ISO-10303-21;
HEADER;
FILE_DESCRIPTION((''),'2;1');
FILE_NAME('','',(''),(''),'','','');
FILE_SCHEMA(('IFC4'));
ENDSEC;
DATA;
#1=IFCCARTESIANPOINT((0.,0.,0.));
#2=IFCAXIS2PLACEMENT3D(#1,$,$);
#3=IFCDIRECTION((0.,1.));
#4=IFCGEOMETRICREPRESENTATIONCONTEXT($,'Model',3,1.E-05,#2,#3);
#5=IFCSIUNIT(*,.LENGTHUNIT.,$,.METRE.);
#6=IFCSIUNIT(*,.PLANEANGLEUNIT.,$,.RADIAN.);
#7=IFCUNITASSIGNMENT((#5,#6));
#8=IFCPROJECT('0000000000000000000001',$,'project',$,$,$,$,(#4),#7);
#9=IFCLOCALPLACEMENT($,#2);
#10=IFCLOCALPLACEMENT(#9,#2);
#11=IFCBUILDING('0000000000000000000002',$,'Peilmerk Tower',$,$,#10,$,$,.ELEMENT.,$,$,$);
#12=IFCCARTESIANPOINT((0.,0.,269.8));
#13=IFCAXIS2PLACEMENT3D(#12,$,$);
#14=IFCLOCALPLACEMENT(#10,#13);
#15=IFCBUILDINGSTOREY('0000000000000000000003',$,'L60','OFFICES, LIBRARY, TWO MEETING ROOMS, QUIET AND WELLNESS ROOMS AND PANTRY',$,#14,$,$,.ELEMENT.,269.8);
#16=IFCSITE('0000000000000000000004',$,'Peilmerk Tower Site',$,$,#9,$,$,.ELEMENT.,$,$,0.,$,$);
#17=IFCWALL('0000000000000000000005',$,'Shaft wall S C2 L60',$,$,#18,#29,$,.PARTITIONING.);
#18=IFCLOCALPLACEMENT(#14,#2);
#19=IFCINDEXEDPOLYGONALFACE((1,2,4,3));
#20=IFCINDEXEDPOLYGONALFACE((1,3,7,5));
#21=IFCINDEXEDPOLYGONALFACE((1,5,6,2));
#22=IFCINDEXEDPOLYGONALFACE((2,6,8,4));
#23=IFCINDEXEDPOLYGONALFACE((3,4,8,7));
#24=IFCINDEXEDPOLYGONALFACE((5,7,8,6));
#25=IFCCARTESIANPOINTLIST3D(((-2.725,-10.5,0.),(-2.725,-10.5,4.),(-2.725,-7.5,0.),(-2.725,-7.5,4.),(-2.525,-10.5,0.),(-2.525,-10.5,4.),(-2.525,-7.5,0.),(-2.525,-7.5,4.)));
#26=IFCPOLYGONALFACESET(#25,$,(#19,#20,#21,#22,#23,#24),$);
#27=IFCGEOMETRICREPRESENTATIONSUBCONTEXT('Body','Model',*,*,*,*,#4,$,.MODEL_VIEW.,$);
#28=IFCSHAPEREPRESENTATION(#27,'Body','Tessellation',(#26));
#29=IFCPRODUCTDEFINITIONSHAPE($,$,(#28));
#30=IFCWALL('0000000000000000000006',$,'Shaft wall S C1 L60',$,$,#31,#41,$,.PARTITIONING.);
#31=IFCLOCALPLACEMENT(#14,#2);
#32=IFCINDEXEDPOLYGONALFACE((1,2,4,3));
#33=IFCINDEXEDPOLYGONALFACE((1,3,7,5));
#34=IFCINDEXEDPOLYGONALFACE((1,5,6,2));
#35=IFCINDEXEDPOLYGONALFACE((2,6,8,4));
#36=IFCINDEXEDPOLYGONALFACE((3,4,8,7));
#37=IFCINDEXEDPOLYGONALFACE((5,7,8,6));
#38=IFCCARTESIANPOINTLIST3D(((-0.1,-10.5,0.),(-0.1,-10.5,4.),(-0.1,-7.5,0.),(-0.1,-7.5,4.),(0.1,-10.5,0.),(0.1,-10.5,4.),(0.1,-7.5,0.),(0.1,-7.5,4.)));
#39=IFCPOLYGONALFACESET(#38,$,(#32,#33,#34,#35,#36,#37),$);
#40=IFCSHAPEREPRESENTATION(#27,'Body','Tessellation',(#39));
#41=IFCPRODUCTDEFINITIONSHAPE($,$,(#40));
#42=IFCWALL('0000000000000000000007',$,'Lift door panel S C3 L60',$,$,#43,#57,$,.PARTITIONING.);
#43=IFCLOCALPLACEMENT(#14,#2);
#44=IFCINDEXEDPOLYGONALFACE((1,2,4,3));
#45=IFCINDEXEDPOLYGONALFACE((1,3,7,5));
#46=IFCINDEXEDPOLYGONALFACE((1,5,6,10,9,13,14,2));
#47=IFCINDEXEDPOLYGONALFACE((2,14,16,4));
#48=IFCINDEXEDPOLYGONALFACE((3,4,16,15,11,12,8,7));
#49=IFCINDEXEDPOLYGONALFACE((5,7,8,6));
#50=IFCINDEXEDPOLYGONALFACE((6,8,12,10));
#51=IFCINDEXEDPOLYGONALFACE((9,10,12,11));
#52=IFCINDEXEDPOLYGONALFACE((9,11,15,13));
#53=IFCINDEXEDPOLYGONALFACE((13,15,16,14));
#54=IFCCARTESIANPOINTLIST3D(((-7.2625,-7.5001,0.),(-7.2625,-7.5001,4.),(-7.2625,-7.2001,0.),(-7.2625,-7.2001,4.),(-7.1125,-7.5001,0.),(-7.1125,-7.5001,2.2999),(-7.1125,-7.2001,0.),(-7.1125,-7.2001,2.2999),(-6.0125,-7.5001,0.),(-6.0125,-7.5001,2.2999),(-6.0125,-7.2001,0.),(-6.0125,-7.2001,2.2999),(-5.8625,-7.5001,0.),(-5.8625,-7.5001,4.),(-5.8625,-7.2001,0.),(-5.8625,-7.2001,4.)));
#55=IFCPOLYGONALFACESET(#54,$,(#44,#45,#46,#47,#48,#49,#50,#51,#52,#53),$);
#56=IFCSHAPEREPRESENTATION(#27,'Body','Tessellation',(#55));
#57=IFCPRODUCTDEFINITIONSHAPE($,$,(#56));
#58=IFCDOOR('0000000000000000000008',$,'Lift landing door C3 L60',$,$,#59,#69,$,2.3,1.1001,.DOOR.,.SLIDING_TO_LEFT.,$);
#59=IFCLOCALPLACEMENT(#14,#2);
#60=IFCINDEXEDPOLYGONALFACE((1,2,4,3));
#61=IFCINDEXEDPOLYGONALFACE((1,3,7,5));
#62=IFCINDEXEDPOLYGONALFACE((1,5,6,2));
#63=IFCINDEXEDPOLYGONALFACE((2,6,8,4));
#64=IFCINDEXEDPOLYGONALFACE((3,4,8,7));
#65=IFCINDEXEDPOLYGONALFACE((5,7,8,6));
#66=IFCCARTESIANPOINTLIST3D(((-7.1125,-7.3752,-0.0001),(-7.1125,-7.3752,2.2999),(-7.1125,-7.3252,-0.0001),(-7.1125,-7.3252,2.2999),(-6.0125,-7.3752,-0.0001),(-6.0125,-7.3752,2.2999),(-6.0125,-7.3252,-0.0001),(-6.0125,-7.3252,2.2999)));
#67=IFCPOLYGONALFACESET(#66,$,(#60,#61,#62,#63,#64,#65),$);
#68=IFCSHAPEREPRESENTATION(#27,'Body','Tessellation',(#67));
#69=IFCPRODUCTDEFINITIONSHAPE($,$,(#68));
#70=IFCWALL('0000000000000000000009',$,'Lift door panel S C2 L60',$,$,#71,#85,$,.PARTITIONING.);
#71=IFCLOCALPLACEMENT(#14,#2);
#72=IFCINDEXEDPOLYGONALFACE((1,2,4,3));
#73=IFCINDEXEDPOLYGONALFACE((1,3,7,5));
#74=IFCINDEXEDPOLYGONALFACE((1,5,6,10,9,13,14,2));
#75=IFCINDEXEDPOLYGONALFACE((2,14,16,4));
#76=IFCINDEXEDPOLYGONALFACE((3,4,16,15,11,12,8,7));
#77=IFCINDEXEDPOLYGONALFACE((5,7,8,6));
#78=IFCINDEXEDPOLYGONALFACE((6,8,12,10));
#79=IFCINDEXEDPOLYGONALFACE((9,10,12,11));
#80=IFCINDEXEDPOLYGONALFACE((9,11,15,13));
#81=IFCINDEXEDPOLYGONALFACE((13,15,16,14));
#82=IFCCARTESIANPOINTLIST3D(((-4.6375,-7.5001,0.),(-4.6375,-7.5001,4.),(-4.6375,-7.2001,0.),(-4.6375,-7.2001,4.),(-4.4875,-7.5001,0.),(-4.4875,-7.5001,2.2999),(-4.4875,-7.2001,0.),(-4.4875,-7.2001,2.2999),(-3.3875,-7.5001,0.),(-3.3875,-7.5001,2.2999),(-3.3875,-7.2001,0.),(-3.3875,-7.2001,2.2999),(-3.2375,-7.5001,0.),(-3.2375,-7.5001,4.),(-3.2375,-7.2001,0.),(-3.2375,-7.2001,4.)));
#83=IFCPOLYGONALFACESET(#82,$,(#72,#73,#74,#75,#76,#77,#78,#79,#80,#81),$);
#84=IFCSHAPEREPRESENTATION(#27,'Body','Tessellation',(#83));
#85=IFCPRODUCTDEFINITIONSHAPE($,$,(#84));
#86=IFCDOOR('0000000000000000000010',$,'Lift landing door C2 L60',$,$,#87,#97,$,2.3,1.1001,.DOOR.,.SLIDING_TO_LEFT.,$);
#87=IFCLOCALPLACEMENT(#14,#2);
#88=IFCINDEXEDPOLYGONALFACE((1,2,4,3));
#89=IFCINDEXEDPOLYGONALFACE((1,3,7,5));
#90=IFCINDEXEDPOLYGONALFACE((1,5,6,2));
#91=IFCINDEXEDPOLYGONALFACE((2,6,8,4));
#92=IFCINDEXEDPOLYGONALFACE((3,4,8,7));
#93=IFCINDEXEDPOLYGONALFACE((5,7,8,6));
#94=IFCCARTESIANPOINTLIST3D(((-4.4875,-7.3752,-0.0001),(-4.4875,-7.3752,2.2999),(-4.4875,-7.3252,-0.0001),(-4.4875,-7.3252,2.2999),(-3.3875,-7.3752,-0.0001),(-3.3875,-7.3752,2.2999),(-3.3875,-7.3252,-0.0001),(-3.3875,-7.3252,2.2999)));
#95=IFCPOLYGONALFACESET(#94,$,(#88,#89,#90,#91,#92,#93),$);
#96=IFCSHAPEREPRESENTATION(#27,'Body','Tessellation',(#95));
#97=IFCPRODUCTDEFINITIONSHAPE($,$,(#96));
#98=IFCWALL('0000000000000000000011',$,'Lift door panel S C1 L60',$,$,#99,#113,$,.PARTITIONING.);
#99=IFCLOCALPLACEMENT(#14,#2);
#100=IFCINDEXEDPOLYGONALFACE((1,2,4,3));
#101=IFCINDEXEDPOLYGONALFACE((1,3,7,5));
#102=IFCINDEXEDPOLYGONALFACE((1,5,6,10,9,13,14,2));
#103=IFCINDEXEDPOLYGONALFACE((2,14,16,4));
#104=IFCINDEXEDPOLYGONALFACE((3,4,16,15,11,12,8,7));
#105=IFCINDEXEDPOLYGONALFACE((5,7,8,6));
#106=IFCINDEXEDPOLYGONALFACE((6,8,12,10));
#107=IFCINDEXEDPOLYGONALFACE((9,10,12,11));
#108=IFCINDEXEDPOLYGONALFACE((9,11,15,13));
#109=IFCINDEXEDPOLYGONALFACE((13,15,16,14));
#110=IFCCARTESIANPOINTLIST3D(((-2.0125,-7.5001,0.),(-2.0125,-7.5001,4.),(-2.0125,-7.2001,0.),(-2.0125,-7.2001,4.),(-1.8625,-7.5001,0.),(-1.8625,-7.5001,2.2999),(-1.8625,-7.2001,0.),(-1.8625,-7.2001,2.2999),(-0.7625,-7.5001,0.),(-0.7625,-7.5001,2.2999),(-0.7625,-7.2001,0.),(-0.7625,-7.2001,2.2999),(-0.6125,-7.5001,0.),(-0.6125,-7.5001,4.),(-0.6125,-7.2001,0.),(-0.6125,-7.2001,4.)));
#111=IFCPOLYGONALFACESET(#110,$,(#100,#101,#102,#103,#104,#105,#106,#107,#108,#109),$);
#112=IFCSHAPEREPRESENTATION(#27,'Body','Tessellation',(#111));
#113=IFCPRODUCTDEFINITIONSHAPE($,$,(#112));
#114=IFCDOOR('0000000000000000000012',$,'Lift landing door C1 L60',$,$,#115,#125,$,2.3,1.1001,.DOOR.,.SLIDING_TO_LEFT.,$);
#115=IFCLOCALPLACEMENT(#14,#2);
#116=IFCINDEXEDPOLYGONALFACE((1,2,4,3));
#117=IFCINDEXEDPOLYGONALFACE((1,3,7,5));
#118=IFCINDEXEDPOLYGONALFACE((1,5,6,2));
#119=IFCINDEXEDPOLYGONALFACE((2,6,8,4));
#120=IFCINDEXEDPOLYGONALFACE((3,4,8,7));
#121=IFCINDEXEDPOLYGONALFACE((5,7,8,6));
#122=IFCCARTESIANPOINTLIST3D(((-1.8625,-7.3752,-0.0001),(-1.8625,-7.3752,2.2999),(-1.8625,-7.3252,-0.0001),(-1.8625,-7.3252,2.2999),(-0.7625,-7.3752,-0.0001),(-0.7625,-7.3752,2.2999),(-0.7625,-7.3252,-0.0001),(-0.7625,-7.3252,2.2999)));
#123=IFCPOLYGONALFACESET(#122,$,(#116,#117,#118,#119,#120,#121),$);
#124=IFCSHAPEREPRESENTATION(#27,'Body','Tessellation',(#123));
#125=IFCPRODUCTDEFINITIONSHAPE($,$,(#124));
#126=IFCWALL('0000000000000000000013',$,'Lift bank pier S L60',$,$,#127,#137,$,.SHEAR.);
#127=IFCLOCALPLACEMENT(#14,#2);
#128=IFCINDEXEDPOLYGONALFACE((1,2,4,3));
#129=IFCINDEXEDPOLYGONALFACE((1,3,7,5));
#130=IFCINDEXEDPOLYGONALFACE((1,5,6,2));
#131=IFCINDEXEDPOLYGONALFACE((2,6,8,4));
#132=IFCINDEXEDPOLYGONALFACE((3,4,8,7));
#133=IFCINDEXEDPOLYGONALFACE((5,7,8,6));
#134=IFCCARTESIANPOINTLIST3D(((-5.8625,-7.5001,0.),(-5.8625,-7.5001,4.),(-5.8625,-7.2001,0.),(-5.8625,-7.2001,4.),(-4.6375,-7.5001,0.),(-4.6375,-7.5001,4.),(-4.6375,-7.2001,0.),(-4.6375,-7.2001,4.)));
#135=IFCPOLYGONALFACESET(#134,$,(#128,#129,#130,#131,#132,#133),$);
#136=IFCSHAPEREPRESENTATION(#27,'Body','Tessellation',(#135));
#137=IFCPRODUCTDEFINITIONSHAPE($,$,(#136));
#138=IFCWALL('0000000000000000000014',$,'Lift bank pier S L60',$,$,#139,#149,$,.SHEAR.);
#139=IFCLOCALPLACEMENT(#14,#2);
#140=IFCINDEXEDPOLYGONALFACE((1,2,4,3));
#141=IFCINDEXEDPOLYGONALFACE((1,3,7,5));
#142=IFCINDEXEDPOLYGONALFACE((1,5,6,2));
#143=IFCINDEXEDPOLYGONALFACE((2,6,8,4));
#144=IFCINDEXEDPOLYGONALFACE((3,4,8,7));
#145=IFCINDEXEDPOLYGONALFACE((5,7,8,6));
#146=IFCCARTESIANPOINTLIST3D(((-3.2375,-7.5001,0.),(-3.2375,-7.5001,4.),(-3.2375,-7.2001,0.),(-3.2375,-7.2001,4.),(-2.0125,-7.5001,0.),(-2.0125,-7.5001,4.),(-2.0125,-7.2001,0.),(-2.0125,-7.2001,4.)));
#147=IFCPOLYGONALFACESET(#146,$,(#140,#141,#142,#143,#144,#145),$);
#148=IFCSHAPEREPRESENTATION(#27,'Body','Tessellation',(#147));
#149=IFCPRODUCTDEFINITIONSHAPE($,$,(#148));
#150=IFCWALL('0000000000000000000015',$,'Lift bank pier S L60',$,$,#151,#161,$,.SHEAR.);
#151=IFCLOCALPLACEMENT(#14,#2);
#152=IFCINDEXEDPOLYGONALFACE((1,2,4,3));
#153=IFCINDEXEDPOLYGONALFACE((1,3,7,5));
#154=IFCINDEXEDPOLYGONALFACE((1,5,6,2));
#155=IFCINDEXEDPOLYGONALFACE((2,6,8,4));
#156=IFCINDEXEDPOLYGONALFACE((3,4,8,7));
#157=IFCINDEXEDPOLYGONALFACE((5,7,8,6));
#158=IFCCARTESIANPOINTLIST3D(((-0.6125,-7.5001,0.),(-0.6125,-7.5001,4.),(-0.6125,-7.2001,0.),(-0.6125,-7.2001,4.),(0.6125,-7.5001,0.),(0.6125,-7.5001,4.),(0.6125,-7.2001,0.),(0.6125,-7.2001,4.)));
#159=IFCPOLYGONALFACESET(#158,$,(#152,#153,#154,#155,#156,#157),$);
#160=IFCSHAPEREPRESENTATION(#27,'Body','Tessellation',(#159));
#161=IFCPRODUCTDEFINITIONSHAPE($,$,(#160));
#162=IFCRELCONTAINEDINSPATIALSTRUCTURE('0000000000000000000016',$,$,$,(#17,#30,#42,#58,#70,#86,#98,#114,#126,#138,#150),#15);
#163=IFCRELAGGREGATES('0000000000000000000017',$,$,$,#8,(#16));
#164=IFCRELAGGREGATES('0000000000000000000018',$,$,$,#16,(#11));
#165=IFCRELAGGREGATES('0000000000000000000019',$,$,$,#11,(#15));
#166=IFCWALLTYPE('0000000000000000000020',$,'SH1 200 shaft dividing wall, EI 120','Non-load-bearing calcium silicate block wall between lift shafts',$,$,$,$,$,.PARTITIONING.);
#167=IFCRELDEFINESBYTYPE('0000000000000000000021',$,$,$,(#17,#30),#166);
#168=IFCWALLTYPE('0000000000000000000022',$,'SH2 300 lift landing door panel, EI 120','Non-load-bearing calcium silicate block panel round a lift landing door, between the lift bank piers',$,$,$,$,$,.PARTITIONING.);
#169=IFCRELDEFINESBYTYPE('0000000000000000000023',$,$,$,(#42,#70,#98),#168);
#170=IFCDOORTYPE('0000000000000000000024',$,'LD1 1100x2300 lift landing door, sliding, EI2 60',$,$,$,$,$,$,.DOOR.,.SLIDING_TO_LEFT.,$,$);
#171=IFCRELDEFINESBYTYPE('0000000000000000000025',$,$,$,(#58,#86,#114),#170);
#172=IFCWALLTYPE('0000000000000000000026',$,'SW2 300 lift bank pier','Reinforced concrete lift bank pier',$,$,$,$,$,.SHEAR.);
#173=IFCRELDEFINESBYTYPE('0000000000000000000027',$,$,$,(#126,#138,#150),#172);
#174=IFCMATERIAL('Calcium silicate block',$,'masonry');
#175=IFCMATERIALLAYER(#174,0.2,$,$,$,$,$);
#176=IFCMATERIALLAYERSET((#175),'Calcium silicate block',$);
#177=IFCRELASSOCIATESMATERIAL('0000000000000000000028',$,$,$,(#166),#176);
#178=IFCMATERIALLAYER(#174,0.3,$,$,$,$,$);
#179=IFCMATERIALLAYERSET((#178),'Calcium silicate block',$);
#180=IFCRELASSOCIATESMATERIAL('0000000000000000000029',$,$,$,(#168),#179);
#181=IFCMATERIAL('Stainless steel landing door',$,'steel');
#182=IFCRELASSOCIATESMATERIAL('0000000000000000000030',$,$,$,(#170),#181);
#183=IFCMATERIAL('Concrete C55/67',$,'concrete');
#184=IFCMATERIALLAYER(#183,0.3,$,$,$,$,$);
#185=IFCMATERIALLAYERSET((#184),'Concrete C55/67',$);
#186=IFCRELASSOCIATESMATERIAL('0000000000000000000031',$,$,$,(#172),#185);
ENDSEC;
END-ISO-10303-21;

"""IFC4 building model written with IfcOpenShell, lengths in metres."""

from ifc_helpers import new_model, si_unit, direction, frame, frame_2d, origin, place, context, subcontext, project, spatial, rectangle, extrude, material, layer, layer_set, type_object, element, fill, save


model = new_model("IFC4")

# Units and contexts
model_context = context("Model", 3, precision=1e-05, world=origin(), true_north=direction((0.0, 1.0)))
body_context = subcontext(model_context, "Body", "Model", "MODEL_VIEW")
ifc_project = project(units=[si_unit("LENGTHUNIT", "METRE"), si_unit("PLANEANGLEUNIT", "RADIAN")], contexts=[model_context])

# Site, building, storey
site_placement = place(None, origin())
site = spatial("IfcSite", under=ifc_project, at=site_placement, Name="Peilmerk Tower Site", CompositionType="ELEMENT", RefElevation=0.0)
building_placement = place(site_placement, origin())
building = spatial("IfcBuilding", under=site, at=building_placement, Name="Peilmerk Tower", CompositionType="ELEMENT")
storey_placement = place(building_placement, frame((0.0, 0.0, 269.8)))
storey = spatial("IfcBuildingStorey", under=building, at=storey_placement, Name="L60", Description="OFFICES, LIBRARY, TWO MEETING ROOMS, QUIET AND WELLNESS ROOMS AND PANTRY", CompositionType="ELEMENT", Elevation=269.8)

# Walls
ifc_material_1 = material(Name="Calcium silicate block", Category="masonry")
ifc_layer_1 = layer(ifc_material_1, 0.2)
ifc_layer_set_1 = layer_set([ifc_layer_1], Name="Calcium silicate block")
wall_type_1 = type_object("IfcWallType", Name="SH1 200 shaft dividing wall, EI 120", Description="Non-load-bearing calcium silicate block wall between lift shafts", PredefinedType="PARTITIONING", material=ifc_layer_set_1)
for number, where, z_axis, x_axis, name in (
    (1, (-2.625, -10.5, 0.0), (0.0, 0.0, 1.0), (0.0, 1.0, 0.0), "Shaft wall S C2 L60"),
    (2, (0.0, -10.5, 0.0), (0.0, 0.0, 1.0), (0.0, 1.0, 0.0), "Shaft wall S C1 L60"),
):
    element("IfcWall", number, at=place(storey_placement, frame(where, z_axis=z_axis, x_axis=x_axis)), inside=storey, type_object=wall_type_1, Name=name, PredefinedType="PARTITIONING", context=body_context, shape_type="SweptSolid", body=[
        extrude(rectangle(XDim=3.0, YDim=0.2, at=frame_2d((1.5, 0.0))), origin(), (0.0, 0.0, 1.0), 4.0),
    ])

# Walls, openings, doors
ifc_layer_2 = layer(ifc_material_1, 0.3)
ifc_layer_set_2 = layer_set([ifc_layer_2], Name="Calcium silicate block")
wall_type_2 = type_object("IfcWallType", Name="SH2 300 lift landing door panel, EI 120", Description="Non-load-bearing calcium silicate block panel round a lift landing door, between the lift bank piers", PredefinedType="PARTITIONING", material=ifc_layer_set_2)
wall_1_placement = place(storey_placement, frame((-7.2625, -7.3501, 0.0), z_axis=(0.0, 0.0, 1.0), x_axis=(1.0, 0.0, 0.0)))
wall_1 = element("IfcWall", 3, at=wall_1_placement, inside=storey, type_object=wall_type_2, Name="Lift door panel S C3 L60", PredefinedType="PARTITIONING", context=body_context, shape_type="SweptSolid", body=[
    extrude(rectangle(XDim=1.3999, YDim=0.3, at=frame_2d((0.7, 0.0))), origin(), (0.0, 0.0, 1.0), 4.0),
])
opening_1_placement = place(wall_1_placement, frame((0.1499, 0.0, 0.0)))
opening_1 = element("IfcOpeningElement", 4, at=opening_1_placement, cuts=wall_1, PredefinedType="OPENING", context=body_context, shape_type="SweptSolid", body=[
    extrude(rectangle(XDim=1.1001, YDim=2.3, at=frame_2d((0.55, 1.1499))), frame((0.0, 0.1599, 0.0), z_axis=(0.0, -1.0, 0.0), x_axis=(1.0, 0.0, 0.0)), (0.0, 0.0, 1.0), 0.3201),
])
ifc_material_2 = material(Name="Stainless steel landing door", Category="steel")
door_type = type_object("IfcDoorType", Name="LD1 1100x2300 lift landing door, sliding, EI2 60", OperationType="SLIDING_TO_LEFT", PredefinedType="DOOR", material=ifc_material_2)
door_1_placement = place(opening_1_placement, origin())
door_1 = element("IfcDoor", 5, at=door_1_placement, inside=storey, type_object=door_type, Name="Lift landing door C3 L60", OperationType="SLIDING_TO_LEFT", OverallHeight=2.3, OverallWidth=1.1001, PredefinedType="DOOR", context=body_context, shape_type="SweptSolid", body=[
    extrude(rectangle(XDim=1.1001, YDim=2.3, at=frame_2d((0.55, 1.1499))), frame((0.0, 0.0249, 0.0), z_axis=(0.0, -1.0, 0.0), x_axis=(1.0, 0.0, 0.0)), (0.0, 0.0, 1.0), 0.05),
])
fill(opening_1, door_1)
wall_2_placement = place(storey_placement, frame((-4.6375, -7.3501, 0.0), z_axis=(0.0, 0.0, 1.0), x_axis=(1.0, 0.0, 0.0)))
wall_2 = element("IfcWall", 6, at=wall_2_placement, inside=storey, type_object=wall_type_2, Name="Lift door panel S C2 L60", PredefinedType="PARTITIONING", context=body_context, shape_type="SweptSolid", body=[
    extrude(rectangle(XDim=1.3999, YDim=0.3, at=frame_2d((0.7, 0.0))), origin(), (0.0, 0.0, 1.0), 4.0),
])
opening_2_placement = place(wall_2_placement, frame((0.1499, 0.0, 0.0)))
opening_2 = element("IfcOpeningElement", 7, at=opening_2_placement, cuts=wall_2, PredefinedType="OPENING", context=body_context, shape_type="SweptSolid", body=[
    extrude(rectangle(XDim=1.1001, YDim=2.3, at=frame_2d((0.55, 1.1499))), frame((0.0, 0.1599, 0.0), z_axis=(0.0, -1.0, 0.0), x_axis=(1.0, 0.0, 0.0)), (0.0, 0.0, 1.0), 0.3201),
])
door_2_placement = place(opening_2_placement, origin())
door_2 = element("IfcDoor", 8, at=door_2_placement, inside=storey, type_object=door_type, Name="Lift landing door C2 L60", OperationType="SLIDING_TO_LEFT", OverallHeight=2.3, OverallWidth=1.1001, PredefinedType="DOOR", context=body_context, shape_type="SweptSolid", body=[
    extrude(rectangle(XDim=1.1001, YDim=2.3, at=frame_2d((0.55, 1.1499))), frame((0.0, 0.0249, 0.0), z_axis=(0.0, -1.0, 0.0), x_axis=(1.0, 0.0, 0.0)), (0.0, 0.0, 1.0), 0.05),
])
fill(opening_2, door_2)
wall_3_placement = place(storey_placement, frame((-2.0125, -7.3501, 0.0), z_axis=(0.0, 0.0, 1.0), x_axis=(1.0, 0.0, 0.0)))
wall_3 = element("IfcWall", 9, at=wall_3_placement, inside=storey, type_object=wall_type_2, Name="Lift door panel S C1 L60", PredefinedType="PARTITIONING", context=body_context, shape_type="SweptSolid", body=[
    extrude(rectangle(XDim=1.3999, YDim=0.3, at=frame_2d((0.7, 0.0))), origin(), (0.0, 0.0, 1.0), 4.0),
])
opening_3_placement = place(wall_3_placement, frame((0.1499, 0.0, 0.0)))
opening_3 = element("IfcOpeningElement", 10, at=opening_3_placement, cuts=wall_3, PredefinedType="OPENING", context=body_context, shape_type="SweptSolid", body=[
    extrude(rectangle(XDim=1.1001, YDim=2.3, at=frame_2d((0.55, 1.1499))), frame((0.0, 0.1599, 0.0), z_axis=(0.0, -1.0, 0.0), x_axis=(1.0, 0.0, 0.0)), (0.0, 0.0, 1.0), 0.3201),
])
door_3_placement = place(opening_3_placement, origin())
door_3 = element("IfcDoor", 11, at=door_3_placement, inside=storey, type_object=door_type, Name="Lift landing door C1 L60", OperationType="SLIDING_TO_LEFT", OverallHeight=2.3, OverallWidth=1.1001, PredefinedType="DOOR", context=body_context, shape_type="SweptSolid", body=[
    extrude(rectangle(XDim=1.1001, YDim=2.3, at=frame_2d((0.55, 1.1499))), frame((0.0, 0.0249, 0.0), z_axis=(0.0, -1.0, 0.0), x_axis=(1.0, 0.0, 0.0)), (0.0, 0.0, 1.0), 0.05),
])
fill(opening_3, door_3)

# Walls
ifc_material_3 = material(Name="Concrete C55/67", Category="concrete")
ifc_layer_3 = layer(ifc_material_3, 0.3)
ifc_layer_set_3 = layer_set([ifc_layer_3], Name="Concrete C55/67")
wall_type_3 = type_object("IfcWallType", Name="SW2 300 lift bank pier", Description="Reinforced concrete lift bank pier", PredefinedType="SHEAR", material=ifc_layer_set_3)
for number, where, z_axis, x_axis, name in (
    (12, (-5.8625, -7.3501, 0.0), (0.0, 0.0, 1.0), (1.0, 0.0, 0.0), "Lift bank pier S L60"),
    (13, (-3.2375, -7.3501, 0.0), (0.0, 0.0, 1.0), (1.0, 0.0, 0.0), "Lift bank pier S L60"),
    (14, (-0.6125, -7.3501, 0.0), (0.0, 0.0, 1.0), (1.0, 0.0, 0.0), "Lift bank pier S L60"),
):
    element("IfcWall", number, at=place(storey_placement, frame(where, z_axis=z_axis, x_axis=x_axis)), inside=storey, type_object=wall_type_3, Name=name, PredefinedType="SHEAR", context=body_context, shape_type="SweptSolid", body=[
        extrude(rectangle(XDim=1.2251, YDim=0.3, at=frame_2d((0.6125, 0.0))), origin(), (0.0, 0.0, 1.0), 4.0),
    ])

save(model, "model.ifc")
